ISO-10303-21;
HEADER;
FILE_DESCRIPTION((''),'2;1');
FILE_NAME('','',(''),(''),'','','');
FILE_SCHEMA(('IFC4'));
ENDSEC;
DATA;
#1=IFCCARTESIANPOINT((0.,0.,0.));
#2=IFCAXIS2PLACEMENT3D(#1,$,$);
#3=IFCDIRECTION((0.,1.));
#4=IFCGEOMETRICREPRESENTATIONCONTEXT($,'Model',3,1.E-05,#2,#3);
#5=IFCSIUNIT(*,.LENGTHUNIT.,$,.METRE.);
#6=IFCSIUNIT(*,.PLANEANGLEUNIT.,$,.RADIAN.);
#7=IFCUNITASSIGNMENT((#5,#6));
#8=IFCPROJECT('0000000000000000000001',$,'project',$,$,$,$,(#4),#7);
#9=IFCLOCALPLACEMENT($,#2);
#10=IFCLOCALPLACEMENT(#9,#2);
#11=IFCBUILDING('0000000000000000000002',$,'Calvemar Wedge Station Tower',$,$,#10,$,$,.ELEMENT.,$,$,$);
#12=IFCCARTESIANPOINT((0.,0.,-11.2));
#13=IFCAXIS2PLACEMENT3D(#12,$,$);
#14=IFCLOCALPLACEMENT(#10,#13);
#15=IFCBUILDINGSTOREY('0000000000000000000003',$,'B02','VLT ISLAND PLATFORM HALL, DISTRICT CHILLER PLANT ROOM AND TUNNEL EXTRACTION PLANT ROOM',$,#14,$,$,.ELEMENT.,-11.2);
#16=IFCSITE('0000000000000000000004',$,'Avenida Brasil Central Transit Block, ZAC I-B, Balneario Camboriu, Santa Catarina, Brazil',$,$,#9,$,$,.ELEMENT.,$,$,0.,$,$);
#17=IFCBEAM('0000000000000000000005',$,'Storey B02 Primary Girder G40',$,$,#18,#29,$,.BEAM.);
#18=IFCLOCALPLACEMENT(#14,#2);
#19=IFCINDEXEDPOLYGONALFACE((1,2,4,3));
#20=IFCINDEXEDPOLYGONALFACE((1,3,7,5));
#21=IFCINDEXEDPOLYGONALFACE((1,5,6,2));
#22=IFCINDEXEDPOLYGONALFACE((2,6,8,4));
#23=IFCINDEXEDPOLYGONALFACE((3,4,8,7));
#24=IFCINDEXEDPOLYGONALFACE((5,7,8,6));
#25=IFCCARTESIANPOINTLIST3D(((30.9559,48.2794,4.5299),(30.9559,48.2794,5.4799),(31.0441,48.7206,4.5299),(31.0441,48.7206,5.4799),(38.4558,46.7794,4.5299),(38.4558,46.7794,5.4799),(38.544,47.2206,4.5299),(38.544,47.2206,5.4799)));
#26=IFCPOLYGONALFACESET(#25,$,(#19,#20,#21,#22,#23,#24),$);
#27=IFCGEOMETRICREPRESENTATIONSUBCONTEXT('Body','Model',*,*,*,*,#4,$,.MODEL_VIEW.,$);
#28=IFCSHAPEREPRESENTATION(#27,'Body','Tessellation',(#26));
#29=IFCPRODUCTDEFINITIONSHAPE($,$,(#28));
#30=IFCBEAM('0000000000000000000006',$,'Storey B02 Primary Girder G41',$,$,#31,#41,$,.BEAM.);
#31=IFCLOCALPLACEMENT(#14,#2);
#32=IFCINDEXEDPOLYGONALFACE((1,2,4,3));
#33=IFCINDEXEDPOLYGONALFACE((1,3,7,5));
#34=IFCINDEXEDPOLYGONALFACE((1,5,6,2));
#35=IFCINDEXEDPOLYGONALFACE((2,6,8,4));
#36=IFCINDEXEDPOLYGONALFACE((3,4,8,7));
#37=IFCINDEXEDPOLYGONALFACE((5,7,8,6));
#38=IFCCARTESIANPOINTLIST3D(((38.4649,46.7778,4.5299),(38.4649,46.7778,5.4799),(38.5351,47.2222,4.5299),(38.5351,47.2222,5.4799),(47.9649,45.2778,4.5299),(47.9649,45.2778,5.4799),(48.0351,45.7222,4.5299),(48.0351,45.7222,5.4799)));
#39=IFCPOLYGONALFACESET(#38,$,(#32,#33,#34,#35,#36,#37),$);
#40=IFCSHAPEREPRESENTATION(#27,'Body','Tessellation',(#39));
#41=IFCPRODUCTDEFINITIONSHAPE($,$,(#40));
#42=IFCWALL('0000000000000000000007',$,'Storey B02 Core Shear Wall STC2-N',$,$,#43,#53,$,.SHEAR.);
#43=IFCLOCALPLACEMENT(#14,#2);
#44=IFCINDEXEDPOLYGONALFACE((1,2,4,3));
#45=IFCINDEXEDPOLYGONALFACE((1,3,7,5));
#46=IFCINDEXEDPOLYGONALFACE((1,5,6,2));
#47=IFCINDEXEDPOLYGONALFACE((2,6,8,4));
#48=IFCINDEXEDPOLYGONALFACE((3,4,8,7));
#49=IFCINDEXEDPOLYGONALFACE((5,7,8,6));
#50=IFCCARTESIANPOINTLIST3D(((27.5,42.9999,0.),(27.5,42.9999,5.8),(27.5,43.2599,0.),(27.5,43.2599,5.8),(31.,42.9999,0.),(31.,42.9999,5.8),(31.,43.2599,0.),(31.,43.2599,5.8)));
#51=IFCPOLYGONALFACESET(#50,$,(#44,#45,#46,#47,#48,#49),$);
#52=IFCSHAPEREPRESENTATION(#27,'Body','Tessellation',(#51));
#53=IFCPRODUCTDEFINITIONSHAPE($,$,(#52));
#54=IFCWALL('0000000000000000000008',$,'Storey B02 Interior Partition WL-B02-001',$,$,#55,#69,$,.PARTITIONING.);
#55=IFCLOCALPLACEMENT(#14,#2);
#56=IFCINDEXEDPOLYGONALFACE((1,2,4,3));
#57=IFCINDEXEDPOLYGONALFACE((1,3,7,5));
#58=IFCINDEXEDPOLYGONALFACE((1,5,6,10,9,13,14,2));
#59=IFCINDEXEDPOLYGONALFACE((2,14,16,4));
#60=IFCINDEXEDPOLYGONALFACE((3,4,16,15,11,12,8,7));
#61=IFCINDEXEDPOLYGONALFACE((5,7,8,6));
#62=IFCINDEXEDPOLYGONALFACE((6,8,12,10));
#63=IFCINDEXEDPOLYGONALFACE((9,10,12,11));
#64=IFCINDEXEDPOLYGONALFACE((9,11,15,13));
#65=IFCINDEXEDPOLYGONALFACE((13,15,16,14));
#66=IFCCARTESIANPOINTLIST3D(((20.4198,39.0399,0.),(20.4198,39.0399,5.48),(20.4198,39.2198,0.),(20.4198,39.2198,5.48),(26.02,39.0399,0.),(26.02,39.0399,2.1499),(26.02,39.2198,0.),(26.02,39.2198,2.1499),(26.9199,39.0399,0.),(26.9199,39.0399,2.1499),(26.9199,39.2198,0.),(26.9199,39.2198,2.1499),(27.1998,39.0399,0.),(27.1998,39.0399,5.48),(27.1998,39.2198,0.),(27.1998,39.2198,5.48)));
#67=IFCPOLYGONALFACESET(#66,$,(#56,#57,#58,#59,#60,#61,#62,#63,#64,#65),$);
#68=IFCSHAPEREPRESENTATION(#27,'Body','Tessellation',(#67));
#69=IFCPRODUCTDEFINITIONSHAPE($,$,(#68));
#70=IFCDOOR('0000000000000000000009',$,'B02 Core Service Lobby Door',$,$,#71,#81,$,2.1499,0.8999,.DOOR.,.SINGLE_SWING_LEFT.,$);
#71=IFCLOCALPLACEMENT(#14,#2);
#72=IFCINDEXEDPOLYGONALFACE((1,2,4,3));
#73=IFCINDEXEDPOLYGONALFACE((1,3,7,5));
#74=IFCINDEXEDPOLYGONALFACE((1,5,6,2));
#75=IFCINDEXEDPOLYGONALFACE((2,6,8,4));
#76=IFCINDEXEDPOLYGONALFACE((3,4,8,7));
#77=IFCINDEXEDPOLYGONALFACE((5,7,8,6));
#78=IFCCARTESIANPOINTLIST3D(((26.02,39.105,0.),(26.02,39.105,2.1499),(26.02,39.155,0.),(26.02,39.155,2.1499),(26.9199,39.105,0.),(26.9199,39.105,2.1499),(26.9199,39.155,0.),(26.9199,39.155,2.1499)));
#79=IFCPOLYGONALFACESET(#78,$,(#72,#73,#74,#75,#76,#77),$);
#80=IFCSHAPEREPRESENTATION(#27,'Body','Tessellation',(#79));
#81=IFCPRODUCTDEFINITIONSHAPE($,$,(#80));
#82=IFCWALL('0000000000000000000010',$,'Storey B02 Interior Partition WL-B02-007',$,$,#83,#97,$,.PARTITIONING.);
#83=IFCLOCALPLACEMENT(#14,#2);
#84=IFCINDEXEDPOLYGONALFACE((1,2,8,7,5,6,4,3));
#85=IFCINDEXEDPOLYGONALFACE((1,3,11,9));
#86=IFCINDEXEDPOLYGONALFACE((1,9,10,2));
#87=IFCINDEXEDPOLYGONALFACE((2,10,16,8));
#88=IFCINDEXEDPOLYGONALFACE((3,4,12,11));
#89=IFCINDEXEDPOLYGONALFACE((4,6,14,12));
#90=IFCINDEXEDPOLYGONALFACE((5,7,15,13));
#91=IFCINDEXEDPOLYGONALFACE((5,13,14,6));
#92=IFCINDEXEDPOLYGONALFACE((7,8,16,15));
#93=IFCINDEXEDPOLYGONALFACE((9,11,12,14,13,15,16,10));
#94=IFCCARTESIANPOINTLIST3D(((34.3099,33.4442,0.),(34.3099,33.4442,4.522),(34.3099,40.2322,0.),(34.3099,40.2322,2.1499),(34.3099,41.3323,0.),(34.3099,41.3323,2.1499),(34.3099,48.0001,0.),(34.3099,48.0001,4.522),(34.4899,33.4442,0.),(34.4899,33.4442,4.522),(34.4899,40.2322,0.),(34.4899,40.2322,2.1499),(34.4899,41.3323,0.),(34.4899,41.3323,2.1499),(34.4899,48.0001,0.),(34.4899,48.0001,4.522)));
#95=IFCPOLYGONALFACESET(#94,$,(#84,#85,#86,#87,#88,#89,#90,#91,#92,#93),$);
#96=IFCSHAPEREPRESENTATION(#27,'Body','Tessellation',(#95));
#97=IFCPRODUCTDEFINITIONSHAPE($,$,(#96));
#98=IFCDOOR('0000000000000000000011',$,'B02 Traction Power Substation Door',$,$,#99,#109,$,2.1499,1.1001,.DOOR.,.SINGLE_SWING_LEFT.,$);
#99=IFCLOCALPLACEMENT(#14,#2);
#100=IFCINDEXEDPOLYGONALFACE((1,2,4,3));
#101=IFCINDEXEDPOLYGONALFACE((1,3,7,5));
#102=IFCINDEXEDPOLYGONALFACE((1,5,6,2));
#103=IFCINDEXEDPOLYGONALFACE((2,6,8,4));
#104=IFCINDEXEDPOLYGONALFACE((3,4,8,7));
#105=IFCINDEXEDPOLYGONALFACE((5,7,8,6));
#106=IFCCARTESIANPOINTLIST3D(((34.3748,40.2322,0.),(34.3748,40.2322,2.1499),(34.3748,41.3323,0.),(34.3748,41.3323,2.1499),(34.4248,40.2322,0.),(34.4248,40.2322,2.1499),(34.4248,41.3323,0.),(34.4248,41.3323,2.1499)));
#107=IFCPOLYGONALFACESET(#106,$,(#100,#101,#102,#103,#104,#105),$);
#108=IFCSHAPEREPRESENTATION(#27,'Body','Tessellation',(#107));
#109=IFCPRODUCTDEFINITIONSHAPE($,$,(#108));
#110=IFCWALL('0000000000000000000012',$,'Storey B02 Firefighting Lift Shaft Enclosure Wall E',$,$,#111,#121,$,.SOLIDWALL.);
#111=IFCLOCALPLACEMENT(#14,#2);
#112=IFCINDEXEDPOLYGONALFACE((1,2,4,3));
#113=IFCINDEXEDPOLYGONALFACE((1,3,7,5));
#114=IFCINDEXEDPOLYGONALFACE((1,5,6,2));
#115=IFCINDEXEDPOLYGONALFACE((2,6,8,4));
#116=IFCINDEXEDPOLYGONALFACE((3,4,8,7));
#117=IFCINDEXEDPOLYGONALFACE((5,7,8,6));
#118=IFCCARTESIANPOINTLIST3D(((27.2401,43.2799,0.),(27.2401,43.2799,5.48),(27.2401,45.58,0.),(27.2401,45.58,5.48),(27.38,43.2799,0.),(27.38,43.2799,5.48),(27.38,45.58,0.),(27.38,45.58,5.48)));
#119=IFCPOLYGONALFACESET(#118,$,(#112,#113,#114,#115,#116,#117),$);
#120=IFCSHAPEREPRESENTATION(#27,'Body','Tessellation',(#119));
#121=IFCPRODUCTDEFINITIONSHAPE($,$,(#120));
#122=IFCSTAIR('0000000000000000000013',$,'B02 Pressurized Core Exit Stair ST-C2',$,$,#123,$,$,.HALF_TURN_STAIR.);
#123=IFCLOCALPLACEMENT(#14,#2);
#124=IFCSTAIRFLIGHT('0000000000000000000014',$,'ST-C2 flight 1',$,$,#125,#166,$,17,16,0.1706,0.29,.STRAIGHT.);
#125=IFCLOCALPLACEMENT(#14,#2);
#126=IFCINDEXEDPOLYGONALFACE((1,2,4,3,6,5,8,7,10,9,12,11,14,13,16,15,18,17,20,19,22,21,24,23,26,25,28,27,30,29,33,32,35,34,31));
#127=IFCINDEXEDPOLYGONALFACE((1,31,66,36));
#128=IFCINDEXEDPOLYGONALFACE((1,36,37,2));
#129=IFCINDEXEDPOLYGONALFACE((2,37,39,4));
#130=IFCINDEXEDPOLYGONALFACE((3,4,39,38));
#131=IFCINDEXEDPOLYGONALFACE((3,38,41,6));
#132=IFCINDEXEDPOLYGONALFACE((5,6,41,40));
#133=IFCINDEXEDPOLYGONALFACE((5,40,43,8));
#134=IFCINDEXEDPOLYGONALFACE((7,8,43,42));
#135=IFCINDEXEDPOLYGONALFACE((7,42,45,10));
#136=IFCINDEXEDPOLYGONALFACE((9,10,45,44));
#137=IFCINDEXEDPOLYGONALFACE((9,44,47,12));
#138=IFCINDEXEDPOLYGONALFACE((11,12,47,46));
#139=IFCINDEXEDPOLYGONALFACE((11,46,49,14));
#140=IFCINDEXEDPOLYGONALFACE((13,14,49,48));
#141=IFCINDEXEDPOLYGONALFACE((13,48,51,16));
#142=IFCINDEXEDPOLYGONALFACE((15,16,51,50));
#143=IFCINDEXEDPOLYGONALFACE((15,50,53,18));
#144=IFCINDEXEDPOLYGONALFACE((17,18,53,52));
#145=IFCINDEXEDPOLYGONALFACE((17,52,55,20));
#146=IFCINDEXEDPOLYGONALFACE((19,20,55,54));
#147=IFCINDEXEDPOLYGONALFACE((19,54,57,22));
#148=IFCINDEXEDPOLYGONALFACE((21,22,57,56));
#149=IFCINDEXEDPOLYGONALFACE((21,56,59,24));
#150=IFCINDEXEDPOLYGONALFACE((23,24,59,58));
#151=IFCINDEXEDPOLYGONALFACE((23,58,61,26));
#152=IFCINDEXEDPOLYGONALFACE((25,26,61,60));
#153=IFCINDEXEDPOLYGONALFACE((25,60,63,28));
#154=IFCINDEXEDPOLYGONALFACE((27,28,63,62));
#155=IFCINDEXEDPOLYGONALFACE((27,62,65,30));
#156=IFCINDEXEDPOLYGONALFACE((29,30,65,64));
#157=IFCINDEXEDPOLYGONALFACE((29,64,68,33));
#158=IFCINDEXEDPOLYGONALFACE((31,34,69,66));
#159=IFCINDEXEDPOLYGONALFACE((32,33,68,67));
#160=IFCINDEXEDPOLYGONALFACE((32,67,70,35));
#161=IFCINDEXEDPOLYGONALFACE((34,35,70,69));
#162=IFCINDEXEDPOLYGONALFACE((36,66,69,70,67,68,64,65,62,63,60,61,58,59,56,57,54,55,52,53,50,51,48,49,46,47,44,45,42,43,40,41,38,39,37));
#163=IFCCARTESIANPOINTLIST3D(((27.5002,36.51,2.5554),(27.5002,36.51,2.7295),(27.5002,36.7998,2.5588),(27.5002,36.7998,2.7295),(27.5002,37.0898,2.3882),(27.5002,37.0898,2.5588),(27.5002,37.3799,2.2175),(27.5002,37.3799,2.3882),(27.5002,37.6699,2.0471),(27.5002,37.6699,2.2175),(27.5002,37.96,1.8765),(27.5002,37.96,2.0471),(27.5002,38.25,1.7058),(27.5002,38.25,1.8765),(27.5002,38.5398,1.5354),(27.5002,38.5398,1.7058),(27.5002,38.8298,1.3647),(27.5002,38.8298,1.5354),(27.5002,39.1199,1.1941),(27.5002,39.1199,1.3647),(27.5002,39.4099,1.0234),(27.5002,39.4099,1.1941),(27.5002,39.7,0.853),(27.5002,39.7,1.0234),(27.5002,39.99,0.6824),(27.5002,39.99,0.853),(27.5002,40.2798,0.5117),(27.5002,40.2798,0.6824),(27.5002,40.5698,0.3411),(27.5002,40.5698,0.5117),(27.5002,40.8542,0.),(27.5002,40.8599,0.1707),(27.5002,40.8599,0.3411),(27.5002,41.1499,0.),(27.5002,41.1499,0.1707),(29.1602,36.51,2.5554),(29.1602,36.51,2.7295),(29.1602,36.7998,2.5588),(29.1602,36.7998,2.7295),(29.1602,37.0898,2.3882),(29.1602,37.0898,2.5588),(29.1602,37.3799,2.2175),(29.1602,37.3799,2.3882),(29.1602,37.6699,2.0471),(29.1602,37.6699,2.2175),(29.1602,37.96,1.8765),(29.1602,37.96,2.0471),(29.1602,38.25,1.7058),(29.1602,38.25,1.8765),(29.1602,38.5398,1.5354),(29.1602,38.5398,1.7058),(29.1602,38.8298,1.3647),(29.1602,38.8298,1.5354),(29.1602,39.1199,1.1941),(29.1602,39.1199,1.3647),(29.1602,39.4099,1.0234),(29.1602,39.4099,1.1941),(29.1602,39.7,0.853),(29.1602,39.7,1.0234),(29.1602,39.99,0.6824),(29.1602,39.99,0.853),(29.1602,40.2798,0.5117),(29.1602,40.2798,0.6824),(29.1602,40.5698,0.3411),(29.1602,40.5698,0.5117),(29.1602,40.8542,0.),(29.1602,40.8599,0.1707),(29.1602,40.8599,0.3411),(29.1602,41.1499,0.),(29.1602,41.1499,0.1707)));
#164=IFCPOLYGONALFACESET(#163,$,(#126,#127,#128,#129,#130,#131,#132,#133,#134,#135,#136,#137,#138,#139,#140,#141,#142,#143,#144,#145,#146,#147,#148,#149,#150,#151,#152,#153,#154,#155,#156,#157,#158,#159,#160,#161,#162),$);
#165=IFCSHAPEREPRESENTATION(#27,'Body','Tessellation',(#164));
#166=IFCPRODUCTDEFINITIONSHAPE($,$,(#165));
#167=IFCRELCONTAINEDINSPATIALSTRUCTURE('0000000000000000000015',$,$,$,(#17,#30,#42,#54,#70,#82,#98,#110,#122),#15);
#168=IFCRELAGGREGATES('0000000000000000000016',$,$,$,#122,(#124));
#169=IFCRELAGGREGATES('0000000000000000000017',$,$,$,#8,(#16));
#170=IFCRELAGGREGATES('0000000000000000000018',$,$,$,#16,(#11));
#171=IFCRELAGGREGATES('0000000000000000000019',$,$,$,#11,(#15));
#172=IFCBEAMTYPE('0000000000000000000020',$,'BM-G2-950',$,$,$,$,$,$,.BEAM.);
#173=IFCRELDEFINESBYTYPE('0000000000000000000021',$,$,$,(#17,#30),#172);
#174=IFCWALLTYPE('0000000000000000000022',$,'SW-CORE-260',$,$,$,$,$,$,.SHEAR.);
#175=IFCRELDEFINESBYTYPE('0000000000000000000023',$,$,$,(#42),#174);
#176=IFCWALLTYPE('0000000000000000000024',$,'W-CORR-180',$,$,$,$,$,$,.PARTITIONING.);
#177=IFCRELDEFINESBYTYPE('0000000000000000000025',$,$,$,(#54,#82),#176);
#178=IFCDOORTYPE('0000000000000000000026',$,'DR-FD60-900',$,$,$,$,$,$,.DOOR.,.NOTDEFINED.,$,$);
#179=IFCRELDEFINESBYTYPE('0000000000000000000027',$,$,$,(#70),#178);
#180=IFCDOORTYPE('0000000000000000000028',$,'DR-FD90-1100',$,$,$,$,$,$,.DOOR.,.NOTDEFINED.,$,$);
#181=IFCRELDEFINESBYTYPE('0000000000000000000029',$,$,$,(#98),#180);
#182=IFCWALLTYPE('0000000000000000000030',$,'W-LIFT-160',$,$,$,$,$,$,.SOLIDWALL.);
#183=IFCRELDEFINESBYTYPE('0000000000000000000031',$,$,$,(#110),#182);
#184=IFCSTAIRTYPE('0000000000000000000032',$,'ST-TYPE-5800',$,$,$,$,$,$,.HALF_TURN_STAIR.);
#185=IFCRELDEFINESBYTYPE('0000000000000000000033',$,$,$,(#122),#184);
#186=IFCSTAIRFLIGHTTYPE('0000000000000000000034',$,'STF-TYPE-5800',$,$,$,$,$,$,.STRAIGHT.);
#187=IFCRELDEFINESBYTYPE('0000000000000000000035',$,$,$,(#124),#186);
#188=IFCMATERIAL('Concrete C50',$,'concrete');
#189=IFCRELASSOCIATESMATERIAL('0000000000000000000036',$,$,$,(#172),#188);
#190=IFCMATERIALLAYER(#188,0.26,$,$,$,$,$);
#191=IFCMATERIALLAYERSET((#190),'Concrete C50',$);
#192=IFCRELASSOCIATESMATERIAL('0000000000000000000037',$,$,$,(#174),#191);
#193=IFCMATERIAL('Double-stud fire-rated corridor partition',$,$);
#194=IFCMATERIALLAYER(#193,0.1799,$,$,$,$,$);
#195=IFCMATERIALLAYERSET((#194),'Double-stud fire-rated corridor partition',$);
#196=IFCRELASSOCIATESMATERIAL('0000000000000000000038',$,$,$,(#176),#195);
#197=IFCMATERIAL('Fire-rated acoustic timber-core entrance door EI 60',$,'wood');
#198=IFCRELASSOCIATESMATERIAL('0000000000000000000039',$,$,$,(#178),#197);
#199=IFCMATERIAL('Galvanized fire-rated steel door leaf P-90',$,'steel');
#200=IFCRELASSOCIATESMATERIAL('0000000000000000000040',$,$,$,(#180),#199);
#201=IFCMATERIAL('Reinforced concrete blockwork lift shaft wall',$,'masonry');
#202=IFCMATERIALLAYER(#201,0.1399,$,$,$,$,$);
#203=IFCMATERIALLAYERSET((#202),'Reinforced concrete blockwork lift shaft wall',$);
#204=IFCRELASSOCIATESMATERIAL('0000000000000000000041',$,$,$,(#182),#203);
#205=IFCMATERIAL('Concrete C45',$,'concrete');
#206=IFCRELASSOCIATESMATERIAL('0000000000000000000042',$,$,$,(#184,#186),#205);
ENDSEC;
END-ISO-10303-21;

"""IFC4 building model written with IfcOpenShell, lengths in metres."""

from ifc_helpers import new_model, si_unit, direction, frame, frame_2d, origin, origin_2d, place, context, subcontext, project, spatial, polyline, rectangle, outline, extrude, source, transform, mapped, material, layer, layer_set, material_profile, profile_set, type_object, element, fill, aggregate, save


model = new_model("IFC4")

# Units and contexts
model_context = context("Model", 3, precision=1e-05, world=origin(), true_north=direction((0.0, 1.0)))
body_context = subcontext(model_context, "Body", "Model", "MODEL_VIEW")
ifc_project = project(units=[si_unit("LENGTHUNIT", "METRE"), si_unit("PLANEANGLEUNIT", "RADIAN")], contexts=[model_context])

# Site, building, storey
site_placement = place(None, origin())
site = spatial("IfcSite", under=ifc_project, at=site_placement, Name="Avenida Brasil Central Transit Block, ZAC I-B, Balneario Camboriu, Santa Catarina, Brazil", CompositionType="ELEMENT", RefElevation=0.0)
building_placement = place(site_placement, origin())
building = spatial("IfcBuilding", under=site, at=building_placement, Name="Calvemar Wedge Station Tower", CompositionType="ELEMENT")
storey_placement = place(building_placement, frame((0.0, 0.0, -11.2)))
storey = spatial("IfcBuildingStorey", under=building, at=storey_placement, Name="B02", Description="VLT ISLAND PLATFORM HALL, DISTRICT CHILLER PLANT ROOM AND TUNNEL EXTRACTION PLANT ROOM", CompositionType="ELEMENT", Elevation=-11.2)

# Shared definitions
ifc_material_1 = material(Name="Concrete C45", Category="concrete")

# Beams
ifc_material_2 = material(Name="Concrete C50", Category="concrete")
ifc_material_profile_1 = material_profile(ifc_material_2, rectangle(XDim=0.45, YDim=0.95, at=origin_2d()), Name="RC450x950")
ifc_profile_set_1 = profile_set([ifc_material_profile_1], Name="Concrete C50")
beam_type = type_object("IfcBeamType", Name="BM-G2-950", PredefinedType="BEAM", material=ifc_profile_set_1)
shared_shape_1 = source(origin(), body_context, "Body", "SweptSolid", [
    extrude(rectangle(XDim=0.45, YDim=0.95, at=origin_2d()), origin(), (0.0, 0.0, 1.0), 7.6484),
])
beam_1_placement = place(storey_placement, frame((31.0, 48.5, 5.0049), z_axis=(0.980581, -0.196116, 0.0), x_axis=(0.196116, 0.980581, 0.0)))
element("IfcBeam", 1, at=beam_1_placement, inside=storey, type_object=beam_type, Name="Storey B02 Primary Girder G40", PredefinedType="BEAM", context=body_context, shape_type="MappedRepresentation", body=[
    mapped(shared_shape_1, transform((0.0, 0.0, 0.0), scale=1.0)),
])
shared_shape_2 = source(origin(), body_context, "Body", "SweptSolid", [
    extrude(rectangle(XDim=0.45, YDim=0.95, at=origin_2d()), origin(), (0.0, 0.0, 1.0), 9.6177),
])
beam_2_placement = place(storey_placement, frame((38.5, 47.0, 5.0049), z_axis=(0.987763, -0.155963, 0.0), x_axis=(0.155963, 0.987763, 0.0)))
element("IfcBeam", 2, at=beam_2_placement, inside=storey, type_object=beam_type, Name="Storey B02 Primary Girder G41", PredefinedType="BEAM", context=body_context, shape_type="MappedRepresentation", body=[
    mapped(shared_shape_2, transform((0.0, 0.0, 0.0), scale=1.0)),
])

# Wall
ifc_layer_1 = layer(ifc_material_2, 0.26)
ifc_layer_set_1 = layer_set([ifc_layer_1], Name="Concrete C50")
wall_type_1 = type_object("IfcWallType", Name="SW-CORE-260", PredefinedType="SHEAR", material=ifc_layer_set_1)
wall_1_placement = place(storey_placement, frame((27.5, 43.1299, 0.0), z_axis=(0.0, 0.0, 1.0), x_axis=(1.0, 0.0, 0.0)))
element("IfcWall", 3, at=wall_1_placement, inside=storey, type_object=wall_type_1, Name="Storey B02 Core Shear Wall STC2-N", PredefinedType="SHEAR", context=body_context, shape_type="SweptSolid", body=[
    extrude(rectangle(XDim=3.5, YDim=0.26, at=frame_2d((1.75, 0.0))), origin(), (0.0, 0.0, 1.0), 5.8),
])

# Walls, openings, doors
ifc_material_3 = material(Name="Double-stud fire-rated corridor partition")
ifc_layer_2 = layer(ifc_material_3, 0.1799)
ifc_layer_set_2 = layer_set([ifc_layer_2], Name="Double-stud fire-rated corridor partition")
wall_type_2 = type_object("IfcWallType", Name="W-CORR-180", PredefinedType="PARTITIONING", material=ifc_layer_set_2)
wall_2_placement = place(storey_placement, frame((27.2, 39.1299, 0.0), z_axis=(0.0, 0.0, 1.0), x_axis=(-1.0, 0.0, 0.0)))
wall_2 = element("IfcWall", 4, at=wall_2_placement, inside=storey, type_object=wall_type_2, Name="Storey B02 Interior Partition WL-B02-001", PredefinedType="PARTITIONING", context=body_context, shape_type="SweptSolid", body=[
    extrude(rectangle(XDim=6.78, YDim=0.1799, at=frame_2d((3.3901, 0.0))), origin(), (0.0, 0.0, 1.0), 5.48),
])
shared_shape_3 = source(origin(), body_context, "Body", "SweptSolid", [
    extrude(rectangle(XDim=0.8999, YDim=2.1499, at=frame_2d((0.45, 1.075))), frame((0.0, 0.1001, 0.0), z_axis=(0.0, -1.0, 0.0), x_axis=(1.0, 0.0, 0.0)), (0.0, 0.0, 1.0), 0.2),
])
opening_1_placement = place(wall_2_placement, frame((0.28, 0.0, 0.0)))
opening_1 = element("IfcOpeningElement", 5, at=opening_1_placement, cuts=wall_2, PredefinedType="OPENING", context=body_context, shape_type="MappedRepresentation", body=[
    mapped(shared_shape_3, transform((0.0, 0.0, 0.0), scale=1.0)),
])
ifc_material_4 = material(Name="Fire-rated acoustic timber-core entrance door EI 60", Category="wood")
door_type_1 = type_object("IfcDoorType", Name="DR-FD60-900", OperationType="NOTDEFINED", PredefinedType="DOOR", material=ifc_material_4)
shared_shape_4 = source(origin(), body_context, "Body", "SweptSolid", [
    extrude(rectangle(XDim=0.8999, YDim=2.1499, at=frame_2d((0.45, 1.075))), frame((0.0, 0.0249, 0.0), z_axis=(0.0, -1.0, 0.0), x_axis=(1.0, 0.0, 0.0)), (0.0, 0.0, 1.0), 0.05),
])
door_1_placement = place(opening_1_placement, origin())
door_1 = element("IfcDoor", 6, at=door_1_placement, inside=storey, type_object=door_type_1, Name="B02 Core Service Lobby Door", OperationType="SINGLE_SWING_LEFT", OverallHeight=2.1499, OverallWidth=0.8999, PredefinedType="DOOR", context=body_context, shape_type="MappedRepresentation", body=[
    mapped(shared_shape_4, transform((0.0, 0.0, 0.0), scale=1.0)),
])
fill(opening_1, door_1)
wall_3_placement = place(storey_placement, frame((34.3999, 48.0, 0.0), z_axis=(0.0, 0.0, 1.0), x_axis=(0.0, -1.0, 0.0)))
wall_3 = element("IfcWall", 7, at=wall_3_placement, inside=storey, type_object=wall_type_2, Name="Storey B02 Interior Partition WL-B02-007", PredefinedType="PARTITIONING", context=body_context, shape_type="SweptSolid", body=[
    extrude(rectangle(XDim=14.5559, YDim=0.1799, at=frame_2d((7.2778, 0.0))), origin(), (0.0, 0.0, 1.0), 4.522),
])
shared_shape_5 = source(origin(), body_context, "Body", "SweptSolid", [
    extrude(rectangle(XDim=1.1001, YDim=2.1499, at=frame_2d((0.55, 1.075))), frame((0.0, 0.1001, 0.0), z_axis=(0.0, -1.0, 0.0), x_axis=(1.0, 0.0, 0.0)), (0.0, 0.0, 1.0), 0.2),
])
opening_2_placement = place(wall_3_placement, frame((6.6677, 0.0, 0.0)))
opening_2 = element("IfcOpeningElement", 8, at=opening_2_placement, cuts=wall_3, PredefinedType="OPENING", context=body_context, shape_type="MappedRepresentation", body=[
    mapped(shared_shape_5, transform((0.0, 0.0, 0.0), scale=1.0)),
])
ifc_material_5 = material(Name="Galvanized fire-rated steel door leaf P-90", Category="steel")
door_type_2 = type_object("IfcDoorType", Name="DR-FD90-1100", OperationType="NOTDEFINED", PredefinedType="DOOR", material=ifc_material_5)
shared_shape_6 = source(origin(), body_context, "Body", "SweptSolid", [
    extrude(rectangle(XDim=1.1001, YDim=2.1499, at=frame_2d((0.55, 1.075))), frame((0.0, 0.0249, 0.0), z_axis=(0.0, -1.0, 0.0), x_axis=(1.0, 0.0, 0.0)), (0.0, 0.0, 1.0), 0.05),
])
door_2_placement = place(opening_2_placement, origin())
door_2 = element("IfcDoor", 9, at=door_2_placement, inside=storey, type_object=door_type_2, Name="B02 Traction Power Substation Door", OperationType="SINGLE_SWING_LEFT", OverallHeight=2.1499, OverallWidth=1.1001, PredefinedType="DOOR", context=body_context, shape_type="MappedRepresentation", body=[
    mapped(shared_shape_6, transform((0.0, 0.0, 0.0), scale=1.0)),
])
fill(opening_2, door_2)

# Wall
ifc_material_6 = material(Name="Reinforced concrete blockwork lift shaft wall", Category="masonry")
ifc_layer_3 = layer(ifc_material_6, 0.1399)
ifc_layer_set_3 = layer_set([ifc_layer_3], Name="Reinforced concrete blockwork lift shaft wall")
wall_type_3 = type_object("IfcWallType", Name="W-LIFT-160", PredefinedType="SOLIDWALL", material=ifc_layer_set_3)
wall_4_placement = place(storey_placement, frame((27.3101, 43.28, 0.0), z_axis=(0.0, 0.0, 1.0), x_axis=(0.0, 1.0, 0.0)))
element("IfcWall", 10, at=wall_4_placement, inside=storey, type_object=wall_type_3, Name="Storey B02 Firefighting Lift Shaft Enclosure Wall E", PredefinedType="SOLIDWALL", context=body_context, shape_type="SweptSolid", body=[
    extrude(rectangle(XDim=2.3, YDim=0.1399, at=frame_2d((1.1499, 0.0))), origin(), (0.0, 0.0, 1.0), 5.48),
])

# Stair, stair flight
stair_type = type_object("IfcStairType", Name="ST-TYPE-5800", PredefinedType="HALF_TURN_STAIR", material=ifc_material_1)
stair_placement = place(storey_placement, origin())
stair = element("IfcStair", 11, at=stair_placement, inside=storey, type_object=stair_type, Name="B02 Pressurized Core Exit Stair ST-C2", PredefinedType="HALF_TURN_STAIR")
stair_flight_type = type_object("IfcStairFlightType", Name="STF-TYPE-5800", PredefinedType="STRAIGHT", material=ifc_material_1)
stair_flight_placement = place(storey_placement, frame((28.3301, 41.1499, 0.0), z_axis=(0.0, 0.0, 1.0), x_axis=(0.0, -1.0, 0.0)))
stair_flight = element("IfcStairFlight", 12, at=stair_flight_placement, type_object=stair_flight_type, Name="ST-C2 flight 1", NumberOfRisers=17, NumberOfTreads=16, PredefinedType="STRAIGHT", RiserHeight=0.1706, TreadLength=0.29, context=body_context, shape_type="SweptSolid", body=[
    extrude(outline(polyline([(0.0, 0.0), (0.0, 0.1707), (0.29, 0.1707), (0.29, 0.3411), (0.5801, 0.3411), (0.5801, 0.5117), (0.8701, 0.5117), (0.8701, 0.6824), (1.1599, 0.6824), (1.1599, 0.853), (1.45, 0.853), (1.45, 1.0234), (1.74, 1.0234), (1.74, 1.1941), (2.03, 1.1941), (2.03, 1.3647), (2.3201, 1.3647), (2.3201, 1.5354), (2.6101, 1.5354), (2.6101, 1.7058), (2.8999, 1.7058), (2.8999, 1.8765), (3.1899, 1.8765), (3.1899, 2.0471), (3.48, 2.0471), (3.48, 2.2175), (3.77, 2.2175), (3.77, 2.3882), (4.0601, 2.3882), (4.0601, 2.5588), (4.3501, 2.5588), (4.3501, 2.7295), (4.6399, 2.7295), (4.6399, 2.8999), (4.6399, 2.5554), (0.2957, 0.0), (0.0, 0.0)])), frame((0.0, 0.8301, 0.0), z_axis=(0.0, -1.0, 0.0), x_axis=(1.0, 0.0, 0.0)), (0.0, 0.0, 1.0), 1.6599),
])
aggregate(stair, [stair_flight])

save(model, "model.ifc")
